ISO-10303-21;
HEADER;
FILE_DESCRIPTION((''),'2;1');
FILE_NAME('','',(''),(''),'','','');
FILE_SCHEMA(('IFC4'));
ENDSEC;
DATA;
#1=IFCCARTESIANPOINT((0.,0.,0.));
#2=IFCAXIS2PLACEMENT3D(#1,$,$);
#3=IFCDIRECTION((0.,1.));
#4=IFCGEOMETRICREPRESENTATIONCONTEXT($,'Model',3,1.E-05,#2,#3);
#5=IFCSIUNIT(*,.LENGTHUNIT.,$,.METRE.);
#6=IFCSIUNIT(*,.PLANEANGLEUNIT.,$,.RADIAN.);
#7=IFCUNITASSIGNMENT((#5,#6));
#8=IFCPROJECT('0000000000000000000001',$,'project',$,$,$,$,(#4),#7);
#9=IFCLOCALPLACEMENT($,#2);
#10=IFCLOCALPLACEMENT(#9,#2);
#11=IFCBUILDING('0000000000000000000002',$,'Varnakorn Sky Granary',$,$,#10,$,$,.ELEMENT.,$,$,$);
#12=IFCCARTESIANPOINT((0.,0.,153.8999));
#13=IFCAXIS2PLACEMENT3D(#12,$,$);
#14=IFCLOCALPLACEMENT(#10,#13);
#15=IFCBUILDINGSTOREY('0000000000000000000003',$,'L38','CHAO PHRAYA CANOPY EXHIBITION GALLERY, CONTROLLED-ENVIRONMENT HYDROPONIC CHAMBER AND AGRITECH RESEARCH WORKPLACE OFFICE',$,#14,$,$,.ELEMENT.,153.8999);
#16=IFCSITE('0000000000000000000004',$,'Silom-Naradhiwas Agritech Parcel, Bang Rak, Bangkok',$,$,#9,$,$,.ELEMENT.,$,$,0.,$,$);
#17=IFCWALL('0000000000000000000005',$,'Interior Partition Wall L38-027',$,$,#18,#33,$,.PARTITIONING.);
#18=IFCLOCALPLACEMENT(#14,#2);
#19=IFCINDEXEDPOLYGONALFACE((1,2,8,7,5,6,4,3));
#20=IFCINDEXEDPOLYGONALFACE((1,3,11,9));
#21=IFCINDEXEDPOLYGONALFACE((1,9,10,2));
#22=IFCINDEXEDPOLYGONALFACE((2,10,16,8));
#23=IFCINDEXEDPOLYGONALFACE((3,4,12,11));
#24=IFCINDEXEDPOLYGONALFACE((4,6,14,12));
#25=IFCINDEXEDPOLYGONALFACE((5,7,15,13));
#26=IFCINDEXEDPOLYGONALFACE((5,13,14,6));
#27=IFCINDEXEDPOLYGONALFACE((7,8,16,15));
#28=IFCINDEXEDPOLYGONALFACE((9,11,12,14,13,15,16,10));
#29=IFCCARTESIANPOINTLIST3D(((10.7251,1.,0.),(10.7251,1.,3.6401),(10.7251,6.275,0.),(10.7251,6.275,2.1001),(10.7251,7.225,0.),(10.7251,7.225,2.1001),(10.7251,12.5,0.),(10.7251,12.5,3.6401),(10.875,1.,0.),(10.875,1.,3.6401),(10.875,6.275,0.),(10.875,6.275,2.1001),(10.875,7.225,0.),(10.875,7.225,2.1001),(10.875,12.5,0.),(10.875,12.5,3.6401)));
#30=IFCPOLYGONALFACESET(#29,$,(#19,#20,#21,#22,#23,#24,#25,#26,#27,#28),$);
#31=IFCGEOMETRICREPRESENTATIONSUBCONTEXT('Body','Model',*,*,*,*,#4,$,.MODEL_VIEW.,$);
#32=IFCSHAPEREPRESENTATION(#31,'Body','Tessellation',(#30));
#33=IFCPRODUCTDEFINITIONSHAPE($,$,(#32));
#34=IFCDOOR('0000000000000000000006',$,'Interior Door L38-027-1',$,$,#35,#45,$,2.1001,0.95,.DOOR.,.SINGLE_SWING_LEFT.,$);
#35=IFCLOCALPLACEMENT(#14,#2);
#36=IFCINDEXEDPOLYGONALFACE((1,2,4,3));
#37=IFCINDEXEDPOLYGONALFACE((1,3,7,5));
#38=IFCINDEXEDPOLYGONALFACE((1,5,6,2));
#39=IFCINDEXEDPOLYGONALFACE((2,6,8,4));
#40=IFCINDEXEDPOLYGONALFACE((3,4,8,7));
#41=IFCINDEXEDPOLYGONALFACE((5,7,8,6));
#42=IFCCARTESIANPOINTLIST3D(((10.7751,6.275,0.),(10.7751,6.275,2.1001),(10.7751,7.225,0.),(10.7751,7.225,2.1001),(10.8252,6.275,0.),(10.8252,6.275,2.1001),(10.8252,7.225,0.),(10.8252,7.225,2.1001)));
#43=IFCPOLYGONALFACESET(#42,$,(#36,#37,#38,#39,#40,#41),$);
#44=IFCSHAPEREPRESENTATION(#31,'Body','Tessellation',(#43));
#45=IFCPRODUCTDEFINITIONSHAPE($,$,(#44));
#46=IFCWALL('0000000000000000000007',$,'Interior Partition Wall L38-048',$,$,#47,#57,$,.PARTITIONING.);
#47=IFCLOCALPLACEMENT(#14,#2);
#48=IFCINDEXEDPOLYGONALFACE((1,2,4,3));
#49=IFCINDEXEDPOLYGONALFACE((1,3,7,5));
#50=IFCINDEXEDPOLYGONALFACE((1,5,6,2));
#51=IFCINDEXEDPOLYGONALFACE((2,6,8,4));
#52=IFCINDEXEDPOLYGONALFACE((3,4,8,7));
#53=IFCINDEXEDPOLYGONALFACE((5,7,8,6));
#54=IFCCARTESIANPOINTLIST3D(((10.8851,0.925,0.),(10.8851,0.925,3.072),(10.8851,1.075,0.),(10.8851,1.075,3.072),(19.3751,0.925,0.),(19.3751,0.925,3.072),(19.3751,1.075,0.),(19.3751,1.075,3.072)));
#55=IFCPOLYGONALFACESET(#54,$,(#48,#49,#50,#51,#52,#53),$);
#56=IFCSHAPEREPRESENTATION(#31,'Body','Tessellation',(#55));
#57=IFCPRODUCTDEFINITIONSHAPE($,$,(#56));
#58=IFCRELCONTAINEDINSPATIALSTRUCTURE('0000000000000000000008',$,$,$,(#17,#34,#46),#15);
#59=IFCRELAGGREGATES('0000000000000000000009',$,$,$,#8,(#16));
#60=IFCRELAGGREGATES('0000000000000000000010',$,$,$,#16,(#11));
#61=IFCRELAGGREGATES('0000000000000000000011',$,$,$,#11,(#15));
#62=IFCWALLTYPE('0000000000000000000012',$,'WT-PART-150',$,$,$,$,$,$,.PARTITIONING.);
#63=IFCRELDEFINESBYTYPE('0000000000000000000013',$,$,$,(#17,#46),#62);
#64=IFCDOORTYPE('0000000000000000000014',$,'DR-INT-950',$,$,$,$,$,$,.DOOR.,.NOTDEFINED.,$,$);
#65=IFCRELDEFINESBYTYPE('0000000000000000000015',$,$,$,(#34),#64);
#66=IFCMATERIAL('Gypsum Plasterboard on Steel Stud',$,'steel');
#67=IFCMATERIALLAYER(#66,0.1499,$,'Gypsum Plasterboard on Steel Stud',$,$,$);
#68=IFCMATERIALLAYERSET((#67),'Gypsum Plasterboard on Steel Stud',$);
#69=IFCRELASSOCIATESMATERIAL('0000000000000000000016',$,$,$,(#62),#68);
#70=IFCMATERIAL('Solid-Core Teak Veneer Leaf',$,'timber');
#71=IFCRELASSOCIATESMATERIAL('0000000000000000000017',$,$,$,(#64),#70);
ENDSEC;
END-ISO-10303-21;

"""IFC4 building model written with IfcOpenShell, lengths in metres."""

from ifc_helpers import new_model, si_unit, direction, frame, frame_2d, origin, place, context, subcontext, project, spatial, rectangle, extrude, material, layer, layer_set, type_object, element, fill, save


model = new_model("IFC4")

# Units and contexts
model_context = context("Model", 3, precision=1e-05, world=origin(), true_north=direction((0.0, 1.0)))
body_context = subcontext(model_context, "Body", "Model", "MODEL_VIEW")
ifc_project = project(units=[si_unit("LENGTHUNIT", "METRE"), si_unit("PLANEANGLEUNIT", "RADIAN")], contexts=[model_context])

# Site, building, storey
site_placement = place(None, origin())
site = spatial("IfcSite", under=ifc_project, at=site_placement, Name="Silom-Naradhiwas Agritech Parcel, Bang Rak, Bangkok", CompositionType="ELEMENT", RefElevation=0.0)
building_placement = place(site_placement, origin())
building = spatial("IfcBuilding", under=site, at=building_placement, Name="Varnakorn Sky Granary", CompositionType="ELEMENT")
storey_placement = place(building_placement, frame((0.0, 0.0, 153.8999)))
storey = spatial("IfcBuildingStorey", under=building, at=storey_placement, Name="L38", Description="CHAO PHRAYA CANOPY EXHIBITION GALLERY, CONTROLLED-ENVIRONMENT HYDROPONIC CHAMBER AND AGRITECH RESEARCH WORKPLACE OFFICE", CompositionType="ELEMENT", Elevation=153.8999)

# Wall, opening, door
ifc_material_1 = material(Name="Gypsum Plasterboard on Steel Stud", Category="steel")
ifc_layer_1 = layer(ifc_material_1, 0.1499, Name="Gypsum Plasterboard on Steel Stud")
ifc_layer_set_1 = layer_set([ifc_layer_1], Name="Gypsum Plasterboard on Steel Stud")
wall_type = type_object("IfcWallType", Name="WT-PART-150", PredefinedType="PARTITIONING", material=ifc_layer_set_1)
wall_1_placement = place(storey_placement, frame((10.8, 1.0, 0.0), z_axis=(0.0, 0.0, 1.0), x_axis=(0.0, 1.0, 0.0)))
wall_1 = element("IfcWall", 1, at=wall_1_placement, inside=storey, type_object=wall_type, Name="Interior Partition Wall L38-027", PredefinedType="PARTITIONING", context=body_context, shape_type="SweptSolid", body=[
    extrude(rectangle(XDim=11.5, YDim=0.1499, at=frame_2d((5.75, 0.0))), origin(), (0.0, 0.0, 1.0), 3.6401),
])
opening_placement = place(wall_1_placement, frame((5.2749, 0.0, 0.0)))
opening = element("IfcOpeningElement", 2, at=opening_placement, cuts=wall_1, PredefinedType="OPENING", context=body_context, shape_type="SweptSolid", body=[
    extrude(rectangle(XDim=0.95, YDim=2.1001, at=frame_2d((0.4751, 1.05))), frame((0.0, 0.085, 0.0), z_axis=(0.0, -1.0, 0.0), x_axis=(1.0, 0.0, 0.0)), (0.0, 0.0, 1.0), 0.1699),
])
ifc_material_2 = material(Name="Solid-Core Teak Veneer Leaf", Category="timber")
door_type = type_object("IfcDoorType", Name="DR-INT-950", OperationType="NOTDEFINED", PredefinedType="DOOR", material=ifc_material_2)
door_placement = place(opening_placement, origin())
door = element("IfcDoor", 3, at=door_placement, inside=storey, type_object=door_type, Name="Interior Door L38-027-1", OperationType="SINGLE_SWING_LEFT", OverallHeight=2.1001, OverallWidth=0.95, PredefinedType="DOOR", context=body_context, shape_type="SweptSolid", body=[
    extrude(rectangle(XDim=0.95, YDim=2.1001, at=frame_2d((0.4751, 1.05))), frame((0.0, 0.0249, 0.0), z_axis=(0.0, -1.0, 0.0), x_axis=(1.0, 0.0, 0.0)), (0.0, 0.0, 1.0), 0.05),
])
fill(opening, door)

# Wall
wall_2_placement = place(storey_placement, frame((10.885, 1.0, 0.0), z_axis=(0.0, 0.0, 1.0), x_axis=(1.0, 0.0, 0.0)))
element("IfcWall", 4, at=wall_2_placement, inside=storey, type_object=wall_type, Name="Interior Partition Wall L38-048", PredefinedType="PARTITIONING", context=body_context, shape_type="SweptSolid", body=[
    extrude(rectangle(XDim=8.49, YDim=0.1499, at=frame_2d((4.2451, 0.0))), origin(), (0.0, 0.0, 1.0), 3.072),
])

save(model, "model.ifc")
